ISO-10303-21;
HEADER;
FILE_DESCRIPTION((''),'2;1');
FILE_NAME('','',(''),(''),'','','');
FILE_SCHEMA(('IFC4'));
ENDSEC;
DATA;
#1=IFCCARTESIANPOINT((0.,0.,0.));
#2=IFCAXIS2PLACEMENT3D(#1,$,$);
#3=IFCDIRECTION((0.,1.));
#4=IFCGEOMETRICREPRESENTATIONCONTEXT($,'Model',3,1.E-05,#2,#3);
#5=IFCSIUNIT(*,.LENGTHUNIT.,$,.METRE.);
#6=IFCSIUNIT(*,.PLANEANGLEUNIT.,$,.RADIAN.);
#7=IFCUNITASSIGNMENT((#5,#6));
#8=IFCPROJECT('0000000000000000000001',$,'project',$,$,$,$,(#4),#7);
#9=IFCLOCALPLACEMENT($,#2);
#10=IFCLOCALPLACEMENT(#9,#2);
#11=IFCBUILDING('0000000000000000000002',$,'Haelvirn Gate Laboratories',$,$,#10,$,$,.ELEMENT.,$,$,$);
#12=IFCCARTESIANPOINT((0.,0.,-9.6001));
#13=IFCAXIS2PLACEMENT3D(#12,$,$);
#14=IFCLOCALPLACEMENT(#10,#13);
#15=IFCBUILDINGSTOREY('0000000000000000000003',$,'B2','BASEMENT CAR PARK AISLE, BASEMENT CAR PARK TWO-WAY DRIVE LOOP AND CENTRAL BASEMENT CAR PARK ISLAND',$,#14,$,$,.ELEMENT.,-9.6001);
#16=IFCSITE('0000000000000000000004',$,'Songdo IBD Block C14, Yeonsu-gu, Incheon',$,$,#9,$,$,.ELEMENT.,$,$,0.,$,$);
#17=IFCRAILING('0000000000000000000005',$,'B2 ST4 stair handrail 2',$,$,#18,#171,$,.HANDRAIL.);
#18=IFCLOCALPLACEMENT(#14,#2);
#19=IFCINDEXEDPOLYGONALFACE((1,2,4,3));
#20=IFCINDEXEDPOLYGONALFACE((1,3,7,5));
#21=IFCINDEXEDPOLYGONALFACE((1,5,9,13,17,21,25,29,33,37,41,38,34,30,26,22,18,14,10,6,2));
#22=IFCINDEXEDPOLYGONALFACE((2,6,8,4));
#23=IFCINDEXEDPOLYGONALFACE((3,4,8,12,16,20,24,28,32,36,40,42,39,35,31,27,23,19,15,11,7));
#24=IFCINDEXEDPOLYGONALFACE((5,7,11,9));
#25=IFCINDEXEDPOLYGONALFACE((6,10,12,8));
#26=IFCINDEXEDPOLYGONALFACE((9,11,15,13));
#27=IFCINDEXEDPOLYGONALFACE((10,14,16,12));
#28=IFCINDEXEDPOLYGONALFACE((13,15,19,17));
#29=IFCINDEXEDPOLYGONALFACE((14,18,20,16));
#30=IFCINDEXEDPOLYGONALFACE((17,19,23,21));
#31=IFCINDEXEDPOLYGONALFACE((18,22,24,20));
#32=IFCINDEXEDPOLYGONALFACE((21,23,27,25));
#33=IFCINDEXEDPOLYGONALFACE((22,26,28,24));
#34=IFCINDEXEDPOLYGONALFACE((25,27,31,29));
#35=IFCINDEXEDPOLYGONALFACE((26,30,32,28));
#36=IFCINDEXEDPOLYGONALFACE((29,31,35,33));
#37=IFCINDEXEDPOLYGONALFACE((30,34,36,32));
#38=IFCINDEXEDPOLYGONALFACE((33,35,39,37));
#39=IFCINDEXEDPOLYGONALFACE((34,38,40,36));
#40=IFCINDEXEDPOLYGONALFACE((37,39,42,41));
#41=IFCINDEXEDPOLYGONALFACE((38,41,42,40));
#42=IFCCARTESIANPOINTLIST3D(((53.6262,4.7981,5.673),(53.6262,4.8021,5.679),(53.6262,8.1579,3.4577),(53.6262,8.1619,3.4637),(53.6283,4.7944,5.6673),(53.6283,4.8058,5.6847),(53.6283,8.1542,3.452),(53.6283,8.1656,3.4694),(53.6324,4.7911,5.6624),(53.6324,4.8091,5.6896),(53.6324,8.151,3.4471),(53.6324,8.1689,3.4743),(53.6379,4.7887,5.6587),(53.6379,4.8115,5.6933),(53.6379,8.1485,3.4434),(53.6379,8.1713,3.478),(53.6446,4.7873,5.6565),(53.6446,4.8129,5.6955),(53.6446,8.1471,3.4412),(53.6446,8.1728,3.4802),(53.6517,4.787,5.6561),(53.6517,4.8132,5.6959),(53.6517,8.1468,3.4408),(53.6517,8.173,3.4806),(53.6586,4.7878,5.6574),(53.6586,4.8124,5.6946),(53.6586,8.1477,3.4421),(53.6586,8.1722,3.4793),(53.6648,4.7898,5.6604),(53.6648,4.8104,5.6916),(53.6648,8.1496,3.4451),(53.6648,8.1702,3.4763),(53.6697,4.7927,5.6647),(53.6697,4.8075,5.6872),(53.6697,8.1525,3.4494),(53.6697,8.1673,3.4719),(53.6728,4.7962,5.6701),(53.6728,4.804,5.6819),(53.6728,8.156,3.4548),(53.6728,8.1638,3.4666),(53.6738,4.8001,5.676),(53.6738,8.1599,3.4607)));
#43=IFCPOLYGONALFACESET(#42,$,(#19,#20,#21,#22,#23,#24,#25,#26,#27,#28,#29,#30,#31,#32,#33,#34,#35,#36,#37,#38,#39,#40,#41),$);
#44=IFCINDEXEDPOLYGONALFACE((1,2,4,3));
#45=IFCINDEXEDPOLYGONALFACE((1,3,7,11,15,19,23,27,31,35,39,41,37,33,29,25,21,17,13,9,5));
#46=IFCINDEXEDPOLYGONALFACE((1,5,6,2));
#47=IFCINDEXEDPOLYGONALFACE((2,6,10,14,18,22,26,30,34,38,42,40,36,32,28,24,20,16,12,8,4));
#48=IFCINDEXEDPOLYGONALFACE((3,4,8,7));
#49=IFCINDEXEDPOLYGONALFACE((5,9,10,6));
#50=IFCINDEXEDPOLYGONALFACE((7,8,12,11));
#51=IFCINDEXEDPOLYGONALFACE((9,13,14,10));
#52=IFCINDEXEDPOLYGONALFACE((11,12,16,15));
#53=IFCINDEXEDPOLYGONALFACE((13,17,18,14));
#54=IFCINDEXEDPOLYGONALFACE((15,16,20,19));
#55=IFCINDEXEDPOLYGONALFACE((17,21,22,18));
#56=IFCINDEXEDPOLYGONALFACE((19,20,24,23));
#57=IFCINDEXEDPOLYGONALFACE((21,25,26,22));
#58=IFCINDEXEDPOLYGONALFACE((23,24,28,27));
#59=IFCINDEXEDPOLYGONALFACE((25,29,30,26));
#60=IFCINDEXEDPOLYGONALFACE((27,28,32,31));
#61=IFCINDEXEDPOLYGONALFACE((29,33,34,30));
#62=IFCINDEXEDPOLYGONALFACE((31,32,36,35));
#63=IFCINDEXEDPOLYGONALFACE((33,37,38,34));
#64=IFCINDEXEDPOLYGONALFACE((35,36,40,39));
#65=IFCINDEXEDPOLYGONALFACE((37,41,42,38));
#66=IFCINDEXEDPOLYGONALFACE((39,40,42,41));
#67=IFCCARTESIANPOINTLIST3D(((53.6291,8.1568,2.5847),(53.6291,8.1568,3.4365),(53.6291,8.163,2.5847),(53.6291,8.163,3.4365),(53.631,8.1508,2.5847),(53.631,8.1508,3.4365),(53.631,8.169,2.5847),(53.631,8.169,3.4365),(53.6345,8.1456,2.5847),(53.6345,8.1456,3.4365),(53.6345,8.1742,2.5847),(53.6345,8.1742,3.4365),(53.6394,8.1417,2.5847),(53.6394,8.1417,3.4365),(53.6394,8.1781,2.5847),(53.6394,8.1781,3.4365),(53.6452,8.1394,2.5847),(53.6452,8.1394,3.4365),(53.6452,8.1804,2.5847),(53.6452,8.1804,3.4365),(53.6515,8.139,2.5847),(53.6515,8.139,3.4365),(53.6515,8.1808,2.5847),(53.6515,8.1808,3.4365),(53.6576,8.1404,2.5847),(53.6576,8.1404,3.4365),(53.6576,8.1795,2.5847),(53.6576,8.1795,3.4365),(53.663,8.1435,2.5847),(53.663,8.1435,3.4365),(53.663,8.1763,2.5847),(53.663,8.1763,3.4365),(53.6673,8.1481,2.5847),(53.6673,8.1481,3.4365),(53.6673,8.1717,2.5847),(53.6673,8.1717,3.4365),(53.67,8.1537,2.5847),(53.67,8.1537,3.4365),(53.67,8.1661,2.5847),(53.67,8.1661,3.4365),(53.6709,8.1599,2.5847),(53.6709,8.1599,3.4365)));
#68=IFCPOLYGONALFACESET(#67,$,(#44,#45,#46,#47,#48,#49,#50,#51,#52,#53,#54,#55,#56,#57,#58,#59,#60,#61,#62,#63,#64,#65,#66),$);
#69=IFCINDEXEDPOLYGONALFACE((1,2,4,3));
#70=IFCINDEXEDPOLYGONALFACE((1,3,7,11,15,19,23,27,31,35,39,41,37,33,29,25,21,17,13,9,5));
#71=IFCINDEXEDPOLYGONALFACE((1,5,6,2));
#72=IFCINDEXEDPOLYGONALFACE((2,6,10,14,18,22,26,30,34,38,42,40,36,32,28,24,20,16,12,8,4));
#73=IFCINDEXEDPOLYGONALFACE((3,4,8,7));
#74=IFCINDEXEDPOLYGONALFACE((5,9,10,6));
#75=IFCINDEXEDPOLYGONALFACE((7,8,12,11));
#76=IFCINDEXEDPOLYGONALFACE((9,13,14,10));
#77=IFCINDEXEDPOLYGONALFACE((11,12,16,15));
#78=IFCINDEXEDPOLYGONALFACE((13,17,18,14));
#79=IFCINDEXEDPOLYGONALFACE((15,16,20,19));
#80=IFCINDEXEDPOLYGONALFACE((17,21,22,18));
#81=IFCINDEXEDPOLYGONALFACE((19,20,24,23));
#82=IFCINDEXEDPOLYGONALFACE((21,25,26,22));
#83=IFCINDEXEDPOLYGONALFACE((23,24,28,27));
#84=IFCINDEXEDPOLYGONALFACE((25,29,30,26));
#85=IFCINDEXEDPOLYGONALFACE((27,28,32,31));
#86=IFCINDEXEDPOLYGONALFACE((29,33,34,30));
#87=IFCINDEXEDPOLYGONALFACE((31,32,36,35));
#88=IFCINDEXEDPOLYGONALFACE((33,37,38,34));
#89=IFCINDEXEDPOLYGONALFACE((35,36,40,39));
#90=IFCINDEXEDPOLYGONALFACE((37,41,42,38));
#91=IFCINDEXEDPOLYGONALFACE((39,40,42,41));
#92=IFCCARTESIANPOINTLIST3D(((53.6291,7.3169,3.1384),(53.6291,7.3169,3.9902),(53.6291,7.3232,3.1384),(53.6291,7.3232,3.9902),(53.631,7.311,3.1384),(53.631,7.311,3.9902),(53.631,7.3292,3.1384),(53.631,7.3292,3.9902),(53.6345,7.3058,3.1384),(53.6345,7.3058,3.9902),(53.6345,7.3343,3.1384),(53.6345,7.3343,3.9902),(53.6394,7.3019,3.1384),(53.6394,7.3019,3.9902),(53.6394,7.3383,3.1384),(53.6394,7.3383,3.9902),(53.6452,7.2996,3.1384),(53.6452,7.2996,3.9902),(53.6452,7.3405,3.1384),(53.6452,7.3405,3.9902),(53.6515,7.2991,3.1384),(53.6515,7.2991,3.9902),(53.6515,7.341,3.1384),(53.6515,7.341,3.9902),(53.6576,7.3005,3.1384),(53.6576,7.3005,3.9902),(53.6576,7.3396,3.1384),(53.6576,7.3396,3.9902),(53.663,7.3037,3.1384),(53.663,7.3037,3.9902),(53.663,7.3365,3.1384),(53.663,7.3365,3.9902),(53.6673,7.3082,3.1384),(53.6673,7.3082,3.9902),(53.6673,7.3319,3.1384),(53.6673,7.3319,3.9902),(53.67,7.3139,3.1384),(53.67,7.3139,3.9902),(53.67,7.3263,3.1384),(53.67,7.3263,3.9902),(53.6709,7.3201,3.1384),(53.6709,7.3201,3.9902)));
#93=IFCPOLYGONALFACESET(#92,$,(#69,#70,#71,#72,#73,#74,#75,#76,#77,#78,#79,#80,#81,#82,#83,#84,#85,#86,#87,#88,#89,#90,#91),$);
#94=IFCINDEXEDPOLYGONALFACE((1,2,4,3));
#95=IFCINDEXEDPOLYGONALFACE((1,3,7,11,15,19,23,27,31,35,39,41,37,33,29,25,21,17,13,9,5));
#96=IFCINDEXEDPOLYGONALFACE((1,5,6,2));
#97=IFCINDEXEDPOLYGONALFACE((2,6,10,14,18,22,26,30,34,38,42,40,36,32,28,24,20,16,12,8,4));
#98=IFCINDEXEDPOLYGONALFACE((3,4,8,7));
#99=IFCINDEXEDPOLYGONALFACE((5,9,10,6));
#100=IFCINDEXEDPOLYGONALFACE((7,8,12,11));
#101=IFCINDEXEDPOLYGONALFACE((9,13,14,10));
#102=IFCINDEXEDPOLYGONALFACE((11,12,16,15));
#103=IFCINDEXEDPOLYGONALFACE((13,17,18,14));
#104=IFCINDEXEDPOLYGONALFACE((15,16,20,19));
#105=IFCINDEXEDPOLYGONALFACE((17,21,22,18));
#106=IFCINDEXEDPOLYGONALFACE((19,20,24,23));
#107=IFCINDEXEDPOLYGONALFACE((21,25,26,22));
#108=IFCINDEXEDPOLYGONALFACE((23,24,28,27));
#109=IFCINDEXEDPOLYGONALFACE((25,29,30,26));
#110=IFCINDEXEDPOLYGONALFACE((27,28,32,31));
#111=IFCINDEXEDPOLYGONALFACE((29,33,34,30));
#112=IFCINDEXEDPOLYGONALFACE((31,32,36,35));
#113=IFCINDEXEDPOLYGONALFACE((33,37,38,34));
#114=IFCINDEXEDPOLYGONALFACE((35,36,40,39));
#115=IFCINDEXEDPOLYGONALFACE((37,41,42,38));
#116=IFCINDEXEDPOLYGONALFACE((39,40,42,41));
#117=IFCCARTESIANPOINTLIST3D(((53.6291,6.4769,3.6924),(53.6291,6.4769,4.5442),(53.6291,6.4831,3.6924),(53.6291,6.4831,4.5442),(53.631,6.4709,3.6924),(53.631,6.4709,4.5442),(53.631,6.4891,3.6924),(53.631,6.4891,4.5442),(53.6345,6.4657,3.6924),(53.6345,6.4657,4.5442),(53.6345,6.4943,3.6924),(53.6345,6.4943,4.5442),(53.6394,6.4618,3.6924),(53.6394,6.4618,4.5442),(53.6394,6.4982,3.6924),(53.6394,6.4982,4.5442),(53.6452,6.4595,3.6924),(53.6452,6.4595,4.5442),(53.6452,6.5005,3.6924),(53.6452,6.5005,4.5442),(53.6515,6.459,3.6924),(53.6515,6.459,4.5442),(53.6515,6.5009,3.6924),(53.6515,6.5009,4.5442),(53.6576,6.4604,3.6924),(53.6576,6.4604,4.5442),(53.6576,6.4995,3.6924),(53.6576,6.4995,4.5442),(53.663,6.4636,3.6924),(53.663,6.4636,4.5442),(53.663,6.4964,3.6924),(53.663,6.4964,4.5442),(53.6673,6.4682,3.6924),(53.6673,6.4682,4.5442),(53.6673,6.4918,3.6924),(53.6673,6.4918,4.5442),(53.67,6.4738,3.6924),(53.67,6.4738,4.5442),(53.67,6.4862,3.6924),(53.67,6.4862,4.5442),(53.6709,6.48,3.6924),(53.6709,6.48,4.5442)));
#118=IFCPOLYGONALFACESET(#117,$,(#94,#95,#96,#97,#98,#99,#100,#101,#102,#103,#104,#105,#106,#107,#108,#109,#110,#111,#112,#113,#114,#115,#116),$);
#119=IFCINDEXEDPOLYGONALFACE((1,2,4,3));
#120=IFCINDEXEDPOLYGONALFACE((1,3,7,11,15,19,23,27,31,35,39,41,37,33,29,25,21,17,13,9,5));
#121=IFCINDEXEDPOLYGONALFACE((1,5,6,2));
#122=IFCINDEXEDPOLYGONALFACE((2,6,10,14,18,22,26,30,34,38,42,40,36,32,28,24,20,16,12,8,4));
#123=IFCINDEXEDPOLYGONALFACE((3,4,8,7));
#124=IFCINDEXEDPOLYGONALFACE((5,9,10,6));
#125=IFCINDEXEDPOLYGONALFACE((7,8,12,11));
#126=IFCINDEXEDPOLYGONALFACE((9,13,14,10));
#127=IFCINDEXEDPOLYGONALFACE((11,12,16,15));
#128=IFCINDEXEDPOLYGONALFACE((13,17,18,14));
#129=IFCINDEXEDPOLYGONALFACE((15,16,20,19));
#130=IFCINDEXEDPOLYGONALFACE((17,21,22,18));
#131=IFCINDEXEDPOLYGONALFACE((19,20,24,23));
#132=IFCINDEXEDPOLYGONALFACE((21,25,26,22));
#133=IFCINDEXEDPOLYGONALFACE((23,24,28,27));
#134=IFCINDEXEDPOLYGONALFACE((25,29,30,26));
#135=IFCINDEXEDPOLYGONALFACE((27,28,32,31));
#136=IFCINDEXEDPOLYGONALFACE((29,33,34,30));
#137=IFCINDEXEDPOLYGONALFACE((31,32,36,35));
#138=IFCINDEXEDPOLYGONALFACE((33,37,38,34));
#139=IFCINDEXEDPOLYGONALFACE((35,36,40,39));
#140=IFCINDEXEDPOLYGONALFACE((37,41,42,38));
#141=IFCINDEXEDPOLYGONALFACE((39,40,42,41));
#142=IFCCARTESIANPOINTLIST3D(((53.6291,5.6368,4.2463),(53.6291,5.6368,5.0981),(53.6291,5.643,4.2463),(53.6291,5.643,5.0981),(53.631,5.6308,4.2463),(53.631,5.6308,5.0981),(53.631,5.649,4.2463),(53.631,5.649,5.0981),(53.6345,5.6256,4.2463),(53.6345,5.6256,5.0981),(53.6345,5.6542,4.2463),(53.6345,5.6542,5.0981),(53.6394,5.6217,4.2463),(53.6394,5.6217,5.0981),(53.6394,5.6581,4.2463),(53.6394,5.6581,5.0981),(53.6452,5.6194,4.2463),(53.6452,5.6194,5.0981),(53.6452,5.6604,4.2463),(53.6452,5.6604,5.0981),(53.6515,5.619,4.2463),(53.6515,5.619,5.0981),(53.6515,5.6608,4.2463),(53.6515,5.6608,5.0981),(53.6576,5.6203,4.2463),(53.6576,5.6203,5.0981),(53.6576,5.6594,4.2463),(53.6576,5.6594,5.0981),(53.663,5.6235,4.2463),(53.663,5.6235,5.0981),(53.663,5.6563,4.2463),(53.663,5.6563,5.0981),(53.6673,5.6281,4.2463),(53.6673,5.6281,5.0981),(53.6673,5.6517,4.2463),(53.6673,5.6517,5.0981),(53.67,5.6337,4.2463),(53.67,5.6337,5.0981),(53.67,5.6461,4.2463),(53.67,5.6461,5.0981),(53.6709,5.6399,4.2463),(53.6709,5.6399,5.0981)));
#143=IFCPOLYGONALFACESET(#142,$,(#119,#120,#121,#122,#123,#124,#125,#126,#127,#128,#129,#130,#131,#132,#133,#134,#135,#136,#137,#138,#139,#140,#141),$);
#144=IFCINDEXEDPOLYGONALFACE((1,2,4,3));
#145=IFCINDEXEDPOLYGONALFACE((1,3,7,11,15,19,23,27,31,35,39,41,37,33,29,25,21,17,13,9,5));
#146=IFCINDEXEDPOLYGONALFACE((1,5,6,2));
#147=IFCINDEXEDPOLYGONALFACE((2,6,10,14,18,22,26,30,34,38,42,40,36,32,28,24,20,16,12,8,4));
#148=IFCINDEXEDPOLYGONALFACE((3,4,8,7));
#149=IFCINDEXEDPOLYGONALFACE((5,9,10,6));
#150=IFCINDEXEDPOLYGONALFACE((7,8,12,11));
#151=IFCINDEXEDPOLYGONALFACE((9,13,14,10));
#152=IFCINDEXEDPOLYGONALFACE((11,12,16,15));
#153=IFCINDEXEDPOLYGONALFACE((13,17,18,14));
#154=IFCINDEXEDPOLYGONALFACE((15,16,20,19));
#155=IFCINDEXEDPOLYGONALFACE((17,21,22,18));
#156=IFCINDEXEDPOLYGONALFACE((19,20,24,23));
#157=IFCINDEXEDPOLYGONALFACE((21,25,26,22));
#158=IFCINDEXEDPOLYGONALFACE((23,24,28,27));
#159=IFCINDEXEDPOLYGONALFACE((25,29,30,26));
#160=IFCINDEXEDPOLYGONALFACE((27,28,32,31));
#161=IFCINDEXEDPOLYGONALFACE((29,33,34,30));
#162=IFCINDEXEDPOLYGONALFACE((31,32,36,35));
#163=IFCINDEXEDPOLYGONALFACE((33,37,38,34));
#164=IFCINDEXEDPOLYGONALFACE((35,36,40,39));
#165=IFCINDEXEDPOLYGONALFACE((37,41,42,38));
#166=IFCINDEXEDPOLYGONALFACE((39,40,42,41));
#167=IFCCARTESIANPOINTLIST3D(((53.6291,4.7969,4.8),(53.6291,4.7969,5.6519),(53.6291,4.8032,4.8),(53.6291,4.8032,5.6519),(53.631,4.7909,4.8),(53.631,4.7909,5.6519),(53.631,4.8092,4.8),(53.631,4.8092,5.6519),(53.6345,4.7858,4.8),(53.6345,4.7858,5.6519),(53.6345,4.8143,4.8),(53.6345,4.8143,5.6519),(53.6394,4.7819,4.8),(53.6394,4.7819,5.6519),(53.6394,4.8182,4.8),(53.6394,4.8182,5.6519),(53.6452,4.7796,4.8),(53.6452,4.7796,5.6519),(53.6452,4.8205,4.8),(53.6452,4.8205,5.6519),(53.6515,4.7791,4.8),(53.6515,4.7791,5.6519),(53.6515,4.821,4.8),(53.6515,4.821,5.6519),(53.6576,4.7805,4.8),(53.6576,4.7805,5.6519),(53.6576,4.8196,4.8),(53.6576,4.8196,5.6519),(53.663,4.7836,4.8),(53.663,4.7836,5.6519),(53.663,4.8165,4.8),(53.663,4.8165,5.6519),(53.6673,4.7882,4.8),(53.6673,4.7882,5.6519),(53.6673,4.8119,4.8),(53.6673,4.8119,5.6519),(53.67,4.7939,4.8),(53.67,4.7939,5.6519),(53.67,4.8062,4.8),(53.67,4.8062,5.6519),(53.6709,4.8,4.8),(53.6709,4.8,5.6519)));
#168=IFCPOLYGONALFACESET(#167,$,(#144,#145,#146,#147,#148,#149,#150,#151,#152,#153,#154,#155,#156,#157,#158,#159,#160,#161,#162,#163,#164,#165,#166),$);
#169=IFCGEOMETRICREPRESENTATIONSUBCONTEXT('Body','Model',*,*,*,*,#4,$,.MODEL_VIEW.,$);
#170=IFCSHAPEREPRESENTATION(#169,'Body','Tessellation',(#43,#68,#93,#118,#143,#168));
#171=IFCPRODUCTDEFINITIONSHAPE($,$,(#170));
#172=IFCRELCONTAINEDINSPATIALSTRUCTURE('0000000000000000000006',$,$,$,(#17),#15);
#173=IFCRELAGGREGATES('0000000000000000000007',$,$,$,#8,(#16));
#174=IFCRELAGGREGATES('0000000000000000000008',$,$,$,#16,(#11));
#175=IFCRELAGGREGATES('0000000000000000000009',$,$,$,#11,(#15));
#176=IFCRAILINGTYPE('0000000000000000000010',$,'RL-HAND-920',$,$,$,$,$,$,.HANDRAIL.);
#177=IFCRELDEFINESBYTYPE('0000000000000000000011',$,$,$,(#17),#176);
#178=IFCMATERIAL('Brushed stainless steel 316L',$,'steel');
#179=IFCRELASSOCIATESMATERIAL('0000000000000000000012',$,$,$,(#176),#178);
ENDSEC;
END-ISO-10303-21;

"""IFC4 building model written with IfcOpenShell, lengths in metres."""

from ifc_helpers import new_model, si_unit, direction, frame, origin, origin_2d, place, context, subcontext, project, spatial, circle, extrude, source, transform, mapped, material, type_object, type_shapes, element, save


model = new_model("IFC4")

# Units and contexts
model_context = context("Model", 3, precision=1e-05, world=origin(), true_north=direction((0.0, 1.0)))
body_context = subcontext(model_context, "Body", "Model", "MODEL_VIEW")
ifc_project = project(units=[si_unit("LENGTHUNIT", "METRE"), si_unit("PLANEANGLEUNIT", "RADIAN")], contexts=[model_context])

# Site, building, storey
site_placement = place(None, origin())
site = spatial("IfcSite", under=ifc_project, at=site_placement, Name="Songdo IBD Block C14, Yeonsu-gu, Incheon", CompositionType="ELEMENT", RefElevation=0.0)
building_placement = place(site_placement, origin())
building = spatial("IfcBuilding", under=site, at=building_placement, Name="Haelvirn Gate Laboratories", CompositionType="ELEMENT")
storey_placement = place(building_placement, frame((0.0, 0.0, -9.6001)))
storey = spatial("IfcBuildingStorey", under=building, at=storey_placement, Name="B2", Description="BASEMENT CAR PARK AISLE, BASEMENT CAR PARK TWO-WAY DRIVE LOOP AND CENTRAL BASEMENT CAR PARK ISLAND", CompositionType="ELEMENT", Elevation=-9.6001)

# Railing
ifc_material_1 = material(Name="Brushed stainless steel 316L", Category="steel")
railing_type_1 = type_object("IfcRailingType", Name="RL-HAND-920", PredefinedType="HANDRAIL", material=ifc_material_1)
shared_shape_1 = source(origin(), body_context, "Body", "SweptSolid", [
    extrude(circle(Radius=0.0239, at=origin_2d()), frame((0.0, 0.0, 0.876), z_axis=(0.0, -0.834858, 0.550465), x_axis=(1.0, 0.0, 0.0)), (0.0, 0.0, 1.0), 4.0244),
    extrude(circle(Radius=0.021, at=origin_2d()), origin(), (0.0, 0.0, 1.0), 0.8518),
    extrude(circle(Radius=0.021, at=origin_2d()), frame((0.0, -0.8398, 0.5537)), (0.0, 0.0, 1.0), 0.8518),
    extrude(circle(Radius=0.021, at=origin_2d()), frame((0.0, -1.6799, 1.1077)), (0.0, 0.0, 1.0), 0.8518),
    extrude(circle(Radius=0.021, at=origin_2d()), frame((0.0, -2.52, 1.6616)), (0.0, 0.0, 1.0), 0.8518),
    extrude(circle(Radius=0.021, at=origin_2d()), frame((0.0, -3.3599, 2.2153)), (0.0, 0.0, 1.0), 0.8518),
])
type_shapes(railing_type_1, [shared_shape_1])
railing_1_placement = place(storey_placement, frame((53.6499, 8.1599, 2.5847)))
element("IfcRailing", 1, at=railing_1_placement, inside=storey, type_object=railing_type_1, Name="B2 ST4 stair handrail 2", PredefinedType="HANDRAIL", context=body_context, shape_type="MappedRepresentation", body=[
    mapped(shared_shape_1, transform((0.0, 0.0, 0.0), scale=1.0)),
])

save(model, "model.ifc")
